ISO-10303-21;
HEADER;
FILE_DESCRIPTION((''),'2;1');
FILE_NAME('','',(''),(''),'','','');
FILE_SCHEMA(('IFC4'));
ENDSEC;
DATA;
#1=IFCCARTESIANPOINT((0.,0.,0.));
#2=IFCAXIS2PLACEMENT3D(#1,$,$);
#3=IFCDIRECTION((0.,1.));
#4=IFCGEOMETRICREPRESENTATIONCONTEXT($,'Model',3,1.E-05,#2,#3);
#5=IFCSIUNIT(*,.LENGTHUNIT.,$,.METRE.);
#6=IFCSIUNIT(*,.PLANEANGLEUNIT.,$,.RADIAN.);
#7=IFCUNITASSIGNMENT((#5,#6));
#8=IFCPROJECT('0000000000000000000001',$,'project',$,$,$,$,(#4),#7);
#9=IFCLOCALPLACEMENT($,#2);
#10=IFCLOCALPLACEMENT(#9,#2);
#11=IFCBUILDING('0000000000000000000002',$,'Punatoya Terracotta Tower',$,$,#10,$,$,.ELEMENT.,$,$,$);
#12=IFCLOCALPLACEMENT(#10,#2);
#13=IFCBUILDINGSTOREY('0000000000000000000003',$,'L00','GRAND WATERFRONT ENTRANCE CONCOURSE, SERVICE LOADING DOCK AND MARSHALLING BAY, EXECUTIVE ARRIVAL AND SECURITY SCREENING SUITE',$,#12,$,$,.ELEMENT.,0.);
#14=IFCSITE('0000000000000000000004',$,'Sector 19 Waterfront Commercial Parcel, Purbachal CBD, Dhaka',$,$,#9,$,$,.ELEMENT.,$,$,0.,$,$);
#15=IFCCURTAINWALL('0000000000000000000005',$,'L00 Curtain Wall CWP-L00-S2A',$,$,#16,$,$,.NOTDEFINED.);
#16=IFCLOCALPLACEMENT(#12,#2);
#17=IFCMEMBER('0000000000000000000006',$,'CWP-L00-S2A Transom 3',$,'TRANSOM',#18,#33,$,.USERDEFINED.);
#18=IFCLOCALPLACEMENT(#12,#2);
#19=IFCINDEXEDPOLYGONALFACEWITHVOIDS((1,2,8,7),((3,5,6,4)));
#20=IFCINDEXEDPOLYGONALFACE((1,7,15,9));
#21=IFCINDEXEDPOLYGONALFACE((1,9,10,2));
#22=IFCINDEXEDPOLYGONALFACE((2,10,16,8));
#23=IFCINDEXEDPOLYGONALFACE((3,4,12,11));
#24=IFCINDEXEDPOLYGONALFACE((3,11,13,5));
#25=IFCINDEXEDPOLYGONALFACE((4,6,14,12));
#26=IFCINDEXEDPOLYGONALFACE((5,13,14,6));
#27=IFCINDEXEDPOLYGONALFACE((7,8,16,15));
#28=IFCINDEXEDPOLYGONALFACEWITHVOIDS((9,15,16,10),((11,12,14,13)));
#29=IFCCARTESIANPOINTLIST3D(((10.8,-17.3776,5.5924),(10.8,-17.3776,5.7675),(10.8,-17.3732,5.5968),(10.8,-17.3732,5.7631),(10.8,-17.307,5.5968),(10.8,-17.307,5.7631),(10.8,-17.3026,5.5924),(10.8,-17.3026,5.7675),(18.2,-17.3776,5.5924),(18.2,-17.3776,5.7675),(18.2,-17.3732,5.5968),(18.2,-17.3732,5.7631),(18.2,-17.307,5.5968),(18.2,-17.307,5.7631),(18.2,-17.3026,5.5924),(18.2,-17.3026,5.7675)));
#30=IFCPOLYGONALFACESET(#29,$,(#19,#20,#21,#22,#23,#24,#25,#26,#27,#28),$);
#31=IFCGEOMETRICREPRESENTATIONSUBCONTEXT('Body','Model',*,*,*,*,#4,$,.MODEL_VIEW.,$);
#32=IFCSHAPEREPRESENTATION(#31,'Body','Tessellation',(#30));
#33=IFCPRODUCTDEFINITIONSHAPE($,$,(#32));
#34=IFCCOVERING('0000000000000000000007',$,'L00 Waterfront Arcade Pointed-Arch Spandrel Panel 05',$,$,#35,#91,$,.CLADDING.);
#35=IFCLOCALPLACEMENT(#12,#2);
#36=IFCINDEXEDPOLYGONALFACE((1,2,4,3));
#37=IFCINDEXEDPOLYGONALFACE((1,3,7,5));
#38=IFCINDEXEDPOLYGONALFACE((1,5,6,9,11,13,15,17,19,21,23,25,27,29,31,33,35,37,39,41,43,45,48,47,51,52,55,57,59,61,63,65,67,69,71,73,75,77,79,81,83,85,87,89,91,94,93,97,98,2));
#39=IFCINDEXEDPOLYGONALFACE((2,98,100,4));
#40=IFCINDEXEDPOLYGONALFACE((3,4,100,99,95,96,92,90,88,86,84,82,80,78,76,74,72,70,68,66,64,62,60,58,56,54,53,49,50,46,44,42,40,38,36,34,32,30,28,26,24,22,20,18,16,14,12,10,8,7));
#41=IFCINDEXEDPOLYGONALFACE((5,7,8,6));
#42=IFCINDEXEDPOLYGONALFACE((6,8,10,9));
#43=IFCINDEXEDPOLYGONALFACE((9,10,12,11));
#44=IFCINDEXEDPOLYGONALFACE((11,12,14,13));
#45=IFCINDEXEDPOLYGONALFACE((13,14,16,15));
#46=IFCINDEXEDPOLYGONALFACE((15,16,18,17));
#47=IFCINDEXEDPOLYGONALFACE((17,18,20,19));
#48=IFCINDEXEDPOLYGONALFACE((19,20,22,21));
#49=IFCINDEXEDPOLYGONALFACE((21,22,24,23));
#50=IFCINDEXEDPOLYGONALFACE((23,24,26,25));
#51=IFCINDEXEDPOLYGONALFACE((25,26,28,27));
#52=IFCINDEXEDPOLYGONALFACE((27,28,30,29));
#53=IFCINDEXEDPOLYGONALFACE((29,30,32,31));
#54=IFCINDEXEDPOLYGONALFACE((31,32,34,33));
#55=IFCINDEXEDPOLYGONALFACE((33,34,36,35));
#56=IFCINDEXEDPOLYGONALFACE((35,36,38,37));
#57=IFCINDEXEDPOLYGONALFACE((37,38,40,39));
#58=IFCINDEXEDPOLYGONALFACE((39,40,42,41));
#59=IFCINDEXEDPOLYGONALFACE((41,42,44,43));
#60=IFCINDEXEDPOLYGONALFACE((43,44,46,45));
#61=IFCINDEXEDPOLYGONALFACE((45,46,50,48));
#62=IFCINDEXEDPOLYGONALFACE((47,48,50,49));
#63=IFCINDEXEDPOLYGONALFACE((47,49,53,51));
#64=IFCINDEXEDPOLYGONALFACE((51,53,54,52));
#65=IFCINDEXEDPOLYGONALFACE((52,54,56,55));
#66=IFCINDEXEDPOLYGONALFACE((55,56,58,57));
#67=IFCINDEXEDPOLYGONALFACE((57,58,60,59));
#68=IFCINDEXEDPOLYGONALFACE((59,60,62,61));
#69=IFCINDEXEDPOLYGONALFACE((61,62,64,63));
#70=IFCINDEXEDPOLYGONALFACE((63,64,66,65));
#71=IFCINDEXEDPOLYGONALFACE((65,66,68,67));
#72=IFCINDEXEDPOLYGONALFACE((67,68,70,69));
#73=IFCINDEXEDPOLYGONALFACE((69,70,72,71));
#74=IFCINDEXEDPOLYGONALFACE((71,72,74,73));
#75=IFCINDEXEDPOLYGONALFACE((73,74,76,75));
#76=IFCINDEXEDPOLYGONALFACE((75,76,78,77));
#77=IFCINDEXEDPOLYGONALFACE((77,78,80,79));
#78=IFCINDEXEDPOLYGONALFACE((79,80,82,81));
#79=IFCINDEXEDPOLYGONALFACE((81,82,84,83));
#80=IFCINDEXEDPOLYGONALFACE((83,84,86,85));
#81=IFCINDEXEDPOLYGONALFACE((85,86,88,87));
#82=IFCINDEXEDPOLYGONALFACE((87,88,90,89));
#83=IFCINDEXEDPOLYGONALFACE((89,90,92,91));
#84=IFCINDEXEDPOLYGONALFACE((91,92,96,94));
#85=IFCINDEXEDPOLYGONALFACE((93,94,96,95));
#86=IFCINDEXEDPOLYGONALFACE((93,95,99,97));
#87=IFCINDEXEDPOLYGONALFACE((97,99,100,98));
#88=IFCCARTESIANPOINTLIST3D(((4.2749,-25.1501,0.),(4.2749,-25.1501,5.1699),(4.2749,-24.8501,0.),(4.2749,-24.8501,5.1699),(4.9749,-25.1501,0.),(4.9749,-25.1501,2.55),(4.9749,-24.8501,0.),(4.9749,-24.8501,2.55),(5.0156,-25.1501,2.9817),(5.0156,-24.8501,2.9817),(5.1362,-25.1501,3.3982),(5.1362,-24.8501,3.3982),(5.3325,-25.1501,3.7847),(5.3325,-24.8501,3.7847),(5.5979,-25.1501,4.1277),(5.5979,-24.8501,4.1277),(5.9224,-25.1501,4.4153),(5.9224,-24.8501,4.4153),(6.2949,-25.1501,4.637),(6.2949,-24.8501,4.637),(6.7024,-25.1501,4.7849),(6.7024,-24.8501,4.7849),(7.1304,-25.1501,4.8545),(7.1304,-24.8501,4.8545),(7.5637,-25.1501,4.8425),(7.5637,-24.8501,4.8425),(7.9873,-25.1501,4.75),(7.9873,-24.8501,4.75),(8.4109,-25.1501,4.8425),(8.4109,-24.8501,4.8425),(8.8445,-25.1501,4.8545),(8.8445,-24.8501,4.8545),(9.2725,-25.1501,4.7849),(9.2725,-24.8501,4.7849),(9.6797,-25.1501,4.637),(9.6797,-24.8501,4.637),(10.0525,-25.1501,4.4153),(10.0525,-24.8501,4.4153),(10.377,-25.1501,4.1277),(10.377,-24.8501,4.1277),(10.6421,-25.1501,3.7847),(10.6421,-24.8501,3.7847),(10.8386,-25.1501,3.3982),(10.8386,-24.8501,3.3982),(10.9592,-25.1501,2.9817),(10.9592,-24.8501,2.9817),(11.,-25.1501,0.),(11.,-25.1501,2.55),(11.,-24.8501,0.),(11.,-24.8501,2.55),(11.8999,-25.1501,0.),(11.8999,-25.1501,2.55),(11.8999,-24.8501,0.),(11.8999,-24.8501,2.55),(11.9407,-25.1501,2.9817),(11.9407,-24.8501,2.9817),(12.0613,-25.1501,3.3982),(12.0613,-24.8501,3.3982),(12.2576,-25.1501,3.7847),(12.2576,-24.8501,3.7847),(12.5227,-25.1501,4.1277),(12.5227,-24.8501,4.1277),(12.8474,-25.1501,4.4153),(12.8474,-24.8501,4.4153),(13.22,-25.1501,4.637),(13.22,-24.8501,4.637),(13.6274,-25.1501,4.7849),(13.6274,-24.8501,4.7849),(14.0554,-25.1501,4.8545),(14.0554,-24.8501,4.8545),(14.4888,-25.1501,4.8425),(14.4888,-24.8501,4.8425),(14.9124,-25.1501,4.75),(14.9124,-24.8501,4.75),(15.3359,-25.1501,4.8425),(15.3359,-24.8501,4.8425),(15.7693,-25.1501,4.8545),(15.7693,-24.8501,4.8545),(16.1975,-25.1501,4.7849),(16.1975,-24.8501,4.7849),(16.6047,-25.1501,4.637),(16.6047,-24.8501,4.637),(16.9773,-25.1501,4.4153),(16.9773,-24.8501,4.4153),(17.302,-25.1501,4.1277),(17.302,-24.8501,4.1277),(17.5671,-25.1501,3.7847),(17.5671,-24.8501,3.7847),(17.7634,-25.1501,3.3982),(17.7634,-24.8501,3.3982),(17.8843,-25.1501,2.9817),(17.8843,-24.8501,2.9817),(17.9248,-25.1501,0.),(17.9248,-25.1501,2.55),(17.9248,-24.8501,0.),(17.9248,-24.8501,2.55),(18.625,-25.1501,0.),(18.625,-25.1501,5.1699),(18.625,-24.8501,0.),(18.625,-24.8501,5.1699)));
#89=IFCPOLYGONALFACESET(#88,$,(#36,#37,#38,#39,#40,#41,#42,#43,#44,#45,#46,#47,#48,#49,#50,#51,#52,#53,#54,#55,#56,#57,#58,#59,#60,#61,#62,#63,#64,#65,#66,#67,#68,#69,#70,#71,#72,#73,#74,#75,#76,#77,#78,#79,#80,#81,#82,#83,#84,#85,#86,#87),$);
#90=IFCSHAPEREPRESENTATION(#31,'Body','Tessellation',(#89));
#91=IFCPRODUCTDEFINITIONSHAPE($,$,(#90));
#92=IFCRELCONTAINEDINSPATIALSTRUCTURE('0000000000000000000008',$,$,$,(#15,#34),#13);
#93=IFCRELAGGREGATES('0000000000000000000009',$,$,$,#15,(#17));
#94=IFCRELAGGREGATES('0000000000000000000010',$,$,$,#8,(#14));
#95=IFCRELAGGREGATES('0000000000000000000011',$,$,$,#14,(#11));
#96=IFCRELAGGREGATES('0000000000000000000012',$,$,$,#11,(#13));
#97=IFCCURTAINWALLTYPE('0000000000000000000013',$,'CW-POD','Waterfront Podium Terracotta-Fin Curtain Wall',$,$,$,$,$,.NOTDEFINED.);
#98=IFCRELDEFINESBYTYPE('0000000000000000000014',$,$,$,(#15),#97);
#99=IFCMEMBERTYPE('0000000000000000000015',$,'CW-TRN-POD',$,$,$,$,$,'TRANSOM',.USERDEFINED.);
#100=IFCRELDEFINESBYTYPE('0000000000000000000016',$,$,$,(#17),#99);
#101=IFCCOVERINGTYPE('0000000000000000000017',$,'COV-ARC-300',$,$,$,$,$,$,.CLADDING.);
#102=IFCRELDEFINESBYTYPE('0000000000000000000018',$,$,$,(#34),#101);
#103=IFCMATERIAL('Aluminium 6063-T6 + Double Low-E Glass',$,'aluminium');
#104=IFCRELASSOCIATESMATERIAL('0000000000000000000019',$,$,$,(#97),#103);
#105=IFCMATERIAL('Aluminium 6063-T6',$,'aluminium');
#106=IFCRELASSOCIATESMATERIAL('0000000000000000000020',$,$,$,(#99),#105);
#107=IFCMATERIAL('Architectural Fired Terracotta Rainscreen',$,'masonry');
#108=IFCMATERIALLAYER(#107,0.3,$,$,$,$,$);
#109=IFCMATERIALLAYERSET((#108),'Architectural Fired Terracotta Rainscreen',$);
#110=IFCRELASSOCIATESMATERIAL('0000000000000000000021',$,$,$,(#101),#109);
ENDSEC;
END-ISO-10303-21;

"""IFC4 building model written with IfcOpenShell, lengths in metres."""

from ifc_helpers import new_model, si_unit, direction, frame, origin, origin_2d, place, context, subcontext, project, spatial, polyline, hollow_rectangle, outline, extrude, material, layer, layer_set, material_profile, profile_set, type_object, element, aggregate, save


model = new_model("IFC4")

# Units and contexts
model_context = context("Model", 3, precision=1e-05, world=origin(), true_north=direction((0.0, 1.0)))
body_context = subcontext(model_context, "Body", "Model", "MODEL_VIEW")
ifc_project = project(units=[si_unit("LENGTHUNIT", "METRE"), si_unit("PLANEANGLEUNIT", "RADIAN")], contexts=[model_context])

# Site, building, storey
site_placement = place(None, origin())
site = spatial("IfcSite", under=ifc_project, at=site_placement, Name="Sector 19 Waterfront Commercial Parcel, Purbachal CBD, Dhaka", CompositionType="ELEMENT", RefElevation=0.0)
building_placement = place(site_placement, origin())
building = spatial("IfcBuilding", under=site, at=building_placement, Name="Punatoya Terracotta Tower", CompositionType="ELEMENT")
storey_placement = place(building_placement, origin())
storey = spatial("IfcBuildingStorey", under=building, at=storey_placement, Name="L00", Description="GRAND WATERFRONT ENTRANCE CONCOURSE, SERVICE LOADING DOCK AND MARSHALLING BAY, EXECUTIVE ARRIVAL AND SECURITY SCREENING SUITE", CompositionType="ELEMENT", Elevation=0.0)

# Curtain wall, member
ifc_material_1 = material(Name="Aluminium 6063-T6 + Double Low-E Glass", Category="aluminium")
curtain_wall_type = type_object("IfcCurtainWallType", Name="CW-POD", Description="Waterfront Podium Terracotta-Fin Curtain Wall", PredefinedType="NOTDEFINED", material=ifc_material_1)
curtain_wall_placement = place(storey_placement, origin())
curtain_wall = element("IfcCurtainWall", 1, at=curtain_wall_placement, inside=storey, type_object=curtain_wall_type, Name="L00 Curtain Wall CWP-L00-S2A", PredefinedType="NOTDEFINED")
ifc_material_2 = material(Name="Aluminium 6063-T6", Category="aluminium")
ifc_material_profile_1 = material_profile(ifc_material_2, hollow_rectangle(XDim=0.075, YDim=0.175, WallThickness=0.0044, at=origin_2d()))
ifc_profile_set_1 = profile_set([ifc_material_profile_1], Name="Aluminium 6063-T6")
member_type_1 = type_object("IfcMemberType", Name="CW-TRN-POD", ElementType="TRANSOM", PredefinedType="USERDEFINED", material=ifc_profile_set_1)
member_1_placement = place(storey_placement, frame((10.8, -17.3401, 5.6799), z_axis=(1.0, 0.0, 0.0), x_axis=(0.0, 1.0, 0.0)))
member_1 = element("IfcMember", 2, at=member_1_placement, type_object=member_type_1, Name="CWP-L00-S2A Transom 3", ObjectType="TRANSOM", PredefinedType="USERDEFINED", context=body_context, shape_type="SweptSolid", body=[
    extrude(hollow_rectangle(XDim=0.075, YDim=0.175, WallThickness=0.0044, at=origin_2d()), origin(), (0.0, 0.0, 1.0), 7.3999),
])
aggregate(curtain_wall, [member_1])

# Covering
ifc_material_3 = material(Name="Architectural Fired Terracotta Rainscreen", Category="masonry")
ifc_layer_1 = layer(ifc_material_3, 0.3)
ifc_layer_set_1 = layer_set([ifc_layer_1], Name="Architectural Fired Terracotta Rainscreen")
covering_type = type_object("IfcCoveringType", Name="COV-ARC-300", PredefinedType="CLADDING", material=ifc_layer_set_1)
covering_placement = place(storey_placement, frame((4.2749, -25.0, 0.0), z_axis=(0.0, 0.0, 1.0), x_axis=(1.0, 0.0, 0.0)))
element("IfcCovering", 3, at=covering_placement, inside=storey, type_object=covering_type, Name="L00 Waterfront Arcade Pointed-Arch Spandrel Panel 05", PredefinedType="CLADDING", context=body_context, shape_type="SweptSolid", body=[
    extrude(outline(polyline([(0.0, 0.0), (0.7, 0.0), (0.7, 2.55), (0.7407, 2.9817), (0.8613, 3.3982), (1.0576, 3.7847), (1.323, 4.1277), (1.6475, 4.4153), (2.02, 4.637), (2.4275, 4.7849), (2.8555, 4.8545), (3.2888, 4.8425), (3.7124, 4.75), (4.136, 4.8425), (4.5696, 4.8545), (4.9976, 4.7849), (5.4048, 4.637), (5.7776, 4.4153), (6.1021, 4.1277), (6.3672, 3.7847), (6.5637, 3.3982), (6.6843, 2.9817), (6.7251, 2.55), (6.7251, 0.0), (7.625, 0.0), (7.625, 2.55), (7.6658, 2.9817), (7.7864, 3.3982), (7.9827, 3.7847), (8.2478, 4.1277), (8.5725, 4.4153), (8.9451, 4.637), (9.3525, 4.7849), (9.7805, 4.8545), (10.2139, 4.8425), (10.6375, 4.75), (11.061, 4.8425), (11.4944, 4.8545), (11.9226, 4.7849), (12.3298, 4.637), (12.7024, 4.4153), (13.0271, 4.1277), (13.2922, 3.7847), (13.4885, 3.3982), (13.6094, 2.9817), (13.6499, 2.55), (13.6499, 0.0), (14.3501, 0.0), (14.3501, 5.1699), (0.0, 5.1699), (0.0, 0.0)])), frame((0.0, 0.1499, 0.0), z_axis=(0.0, -1.0, 0.0), x_axis=(1.0, 0.0, 0.0)), (0.0, 0.0, 1.0), 0.3),
])

save(model, "model.ifc")
